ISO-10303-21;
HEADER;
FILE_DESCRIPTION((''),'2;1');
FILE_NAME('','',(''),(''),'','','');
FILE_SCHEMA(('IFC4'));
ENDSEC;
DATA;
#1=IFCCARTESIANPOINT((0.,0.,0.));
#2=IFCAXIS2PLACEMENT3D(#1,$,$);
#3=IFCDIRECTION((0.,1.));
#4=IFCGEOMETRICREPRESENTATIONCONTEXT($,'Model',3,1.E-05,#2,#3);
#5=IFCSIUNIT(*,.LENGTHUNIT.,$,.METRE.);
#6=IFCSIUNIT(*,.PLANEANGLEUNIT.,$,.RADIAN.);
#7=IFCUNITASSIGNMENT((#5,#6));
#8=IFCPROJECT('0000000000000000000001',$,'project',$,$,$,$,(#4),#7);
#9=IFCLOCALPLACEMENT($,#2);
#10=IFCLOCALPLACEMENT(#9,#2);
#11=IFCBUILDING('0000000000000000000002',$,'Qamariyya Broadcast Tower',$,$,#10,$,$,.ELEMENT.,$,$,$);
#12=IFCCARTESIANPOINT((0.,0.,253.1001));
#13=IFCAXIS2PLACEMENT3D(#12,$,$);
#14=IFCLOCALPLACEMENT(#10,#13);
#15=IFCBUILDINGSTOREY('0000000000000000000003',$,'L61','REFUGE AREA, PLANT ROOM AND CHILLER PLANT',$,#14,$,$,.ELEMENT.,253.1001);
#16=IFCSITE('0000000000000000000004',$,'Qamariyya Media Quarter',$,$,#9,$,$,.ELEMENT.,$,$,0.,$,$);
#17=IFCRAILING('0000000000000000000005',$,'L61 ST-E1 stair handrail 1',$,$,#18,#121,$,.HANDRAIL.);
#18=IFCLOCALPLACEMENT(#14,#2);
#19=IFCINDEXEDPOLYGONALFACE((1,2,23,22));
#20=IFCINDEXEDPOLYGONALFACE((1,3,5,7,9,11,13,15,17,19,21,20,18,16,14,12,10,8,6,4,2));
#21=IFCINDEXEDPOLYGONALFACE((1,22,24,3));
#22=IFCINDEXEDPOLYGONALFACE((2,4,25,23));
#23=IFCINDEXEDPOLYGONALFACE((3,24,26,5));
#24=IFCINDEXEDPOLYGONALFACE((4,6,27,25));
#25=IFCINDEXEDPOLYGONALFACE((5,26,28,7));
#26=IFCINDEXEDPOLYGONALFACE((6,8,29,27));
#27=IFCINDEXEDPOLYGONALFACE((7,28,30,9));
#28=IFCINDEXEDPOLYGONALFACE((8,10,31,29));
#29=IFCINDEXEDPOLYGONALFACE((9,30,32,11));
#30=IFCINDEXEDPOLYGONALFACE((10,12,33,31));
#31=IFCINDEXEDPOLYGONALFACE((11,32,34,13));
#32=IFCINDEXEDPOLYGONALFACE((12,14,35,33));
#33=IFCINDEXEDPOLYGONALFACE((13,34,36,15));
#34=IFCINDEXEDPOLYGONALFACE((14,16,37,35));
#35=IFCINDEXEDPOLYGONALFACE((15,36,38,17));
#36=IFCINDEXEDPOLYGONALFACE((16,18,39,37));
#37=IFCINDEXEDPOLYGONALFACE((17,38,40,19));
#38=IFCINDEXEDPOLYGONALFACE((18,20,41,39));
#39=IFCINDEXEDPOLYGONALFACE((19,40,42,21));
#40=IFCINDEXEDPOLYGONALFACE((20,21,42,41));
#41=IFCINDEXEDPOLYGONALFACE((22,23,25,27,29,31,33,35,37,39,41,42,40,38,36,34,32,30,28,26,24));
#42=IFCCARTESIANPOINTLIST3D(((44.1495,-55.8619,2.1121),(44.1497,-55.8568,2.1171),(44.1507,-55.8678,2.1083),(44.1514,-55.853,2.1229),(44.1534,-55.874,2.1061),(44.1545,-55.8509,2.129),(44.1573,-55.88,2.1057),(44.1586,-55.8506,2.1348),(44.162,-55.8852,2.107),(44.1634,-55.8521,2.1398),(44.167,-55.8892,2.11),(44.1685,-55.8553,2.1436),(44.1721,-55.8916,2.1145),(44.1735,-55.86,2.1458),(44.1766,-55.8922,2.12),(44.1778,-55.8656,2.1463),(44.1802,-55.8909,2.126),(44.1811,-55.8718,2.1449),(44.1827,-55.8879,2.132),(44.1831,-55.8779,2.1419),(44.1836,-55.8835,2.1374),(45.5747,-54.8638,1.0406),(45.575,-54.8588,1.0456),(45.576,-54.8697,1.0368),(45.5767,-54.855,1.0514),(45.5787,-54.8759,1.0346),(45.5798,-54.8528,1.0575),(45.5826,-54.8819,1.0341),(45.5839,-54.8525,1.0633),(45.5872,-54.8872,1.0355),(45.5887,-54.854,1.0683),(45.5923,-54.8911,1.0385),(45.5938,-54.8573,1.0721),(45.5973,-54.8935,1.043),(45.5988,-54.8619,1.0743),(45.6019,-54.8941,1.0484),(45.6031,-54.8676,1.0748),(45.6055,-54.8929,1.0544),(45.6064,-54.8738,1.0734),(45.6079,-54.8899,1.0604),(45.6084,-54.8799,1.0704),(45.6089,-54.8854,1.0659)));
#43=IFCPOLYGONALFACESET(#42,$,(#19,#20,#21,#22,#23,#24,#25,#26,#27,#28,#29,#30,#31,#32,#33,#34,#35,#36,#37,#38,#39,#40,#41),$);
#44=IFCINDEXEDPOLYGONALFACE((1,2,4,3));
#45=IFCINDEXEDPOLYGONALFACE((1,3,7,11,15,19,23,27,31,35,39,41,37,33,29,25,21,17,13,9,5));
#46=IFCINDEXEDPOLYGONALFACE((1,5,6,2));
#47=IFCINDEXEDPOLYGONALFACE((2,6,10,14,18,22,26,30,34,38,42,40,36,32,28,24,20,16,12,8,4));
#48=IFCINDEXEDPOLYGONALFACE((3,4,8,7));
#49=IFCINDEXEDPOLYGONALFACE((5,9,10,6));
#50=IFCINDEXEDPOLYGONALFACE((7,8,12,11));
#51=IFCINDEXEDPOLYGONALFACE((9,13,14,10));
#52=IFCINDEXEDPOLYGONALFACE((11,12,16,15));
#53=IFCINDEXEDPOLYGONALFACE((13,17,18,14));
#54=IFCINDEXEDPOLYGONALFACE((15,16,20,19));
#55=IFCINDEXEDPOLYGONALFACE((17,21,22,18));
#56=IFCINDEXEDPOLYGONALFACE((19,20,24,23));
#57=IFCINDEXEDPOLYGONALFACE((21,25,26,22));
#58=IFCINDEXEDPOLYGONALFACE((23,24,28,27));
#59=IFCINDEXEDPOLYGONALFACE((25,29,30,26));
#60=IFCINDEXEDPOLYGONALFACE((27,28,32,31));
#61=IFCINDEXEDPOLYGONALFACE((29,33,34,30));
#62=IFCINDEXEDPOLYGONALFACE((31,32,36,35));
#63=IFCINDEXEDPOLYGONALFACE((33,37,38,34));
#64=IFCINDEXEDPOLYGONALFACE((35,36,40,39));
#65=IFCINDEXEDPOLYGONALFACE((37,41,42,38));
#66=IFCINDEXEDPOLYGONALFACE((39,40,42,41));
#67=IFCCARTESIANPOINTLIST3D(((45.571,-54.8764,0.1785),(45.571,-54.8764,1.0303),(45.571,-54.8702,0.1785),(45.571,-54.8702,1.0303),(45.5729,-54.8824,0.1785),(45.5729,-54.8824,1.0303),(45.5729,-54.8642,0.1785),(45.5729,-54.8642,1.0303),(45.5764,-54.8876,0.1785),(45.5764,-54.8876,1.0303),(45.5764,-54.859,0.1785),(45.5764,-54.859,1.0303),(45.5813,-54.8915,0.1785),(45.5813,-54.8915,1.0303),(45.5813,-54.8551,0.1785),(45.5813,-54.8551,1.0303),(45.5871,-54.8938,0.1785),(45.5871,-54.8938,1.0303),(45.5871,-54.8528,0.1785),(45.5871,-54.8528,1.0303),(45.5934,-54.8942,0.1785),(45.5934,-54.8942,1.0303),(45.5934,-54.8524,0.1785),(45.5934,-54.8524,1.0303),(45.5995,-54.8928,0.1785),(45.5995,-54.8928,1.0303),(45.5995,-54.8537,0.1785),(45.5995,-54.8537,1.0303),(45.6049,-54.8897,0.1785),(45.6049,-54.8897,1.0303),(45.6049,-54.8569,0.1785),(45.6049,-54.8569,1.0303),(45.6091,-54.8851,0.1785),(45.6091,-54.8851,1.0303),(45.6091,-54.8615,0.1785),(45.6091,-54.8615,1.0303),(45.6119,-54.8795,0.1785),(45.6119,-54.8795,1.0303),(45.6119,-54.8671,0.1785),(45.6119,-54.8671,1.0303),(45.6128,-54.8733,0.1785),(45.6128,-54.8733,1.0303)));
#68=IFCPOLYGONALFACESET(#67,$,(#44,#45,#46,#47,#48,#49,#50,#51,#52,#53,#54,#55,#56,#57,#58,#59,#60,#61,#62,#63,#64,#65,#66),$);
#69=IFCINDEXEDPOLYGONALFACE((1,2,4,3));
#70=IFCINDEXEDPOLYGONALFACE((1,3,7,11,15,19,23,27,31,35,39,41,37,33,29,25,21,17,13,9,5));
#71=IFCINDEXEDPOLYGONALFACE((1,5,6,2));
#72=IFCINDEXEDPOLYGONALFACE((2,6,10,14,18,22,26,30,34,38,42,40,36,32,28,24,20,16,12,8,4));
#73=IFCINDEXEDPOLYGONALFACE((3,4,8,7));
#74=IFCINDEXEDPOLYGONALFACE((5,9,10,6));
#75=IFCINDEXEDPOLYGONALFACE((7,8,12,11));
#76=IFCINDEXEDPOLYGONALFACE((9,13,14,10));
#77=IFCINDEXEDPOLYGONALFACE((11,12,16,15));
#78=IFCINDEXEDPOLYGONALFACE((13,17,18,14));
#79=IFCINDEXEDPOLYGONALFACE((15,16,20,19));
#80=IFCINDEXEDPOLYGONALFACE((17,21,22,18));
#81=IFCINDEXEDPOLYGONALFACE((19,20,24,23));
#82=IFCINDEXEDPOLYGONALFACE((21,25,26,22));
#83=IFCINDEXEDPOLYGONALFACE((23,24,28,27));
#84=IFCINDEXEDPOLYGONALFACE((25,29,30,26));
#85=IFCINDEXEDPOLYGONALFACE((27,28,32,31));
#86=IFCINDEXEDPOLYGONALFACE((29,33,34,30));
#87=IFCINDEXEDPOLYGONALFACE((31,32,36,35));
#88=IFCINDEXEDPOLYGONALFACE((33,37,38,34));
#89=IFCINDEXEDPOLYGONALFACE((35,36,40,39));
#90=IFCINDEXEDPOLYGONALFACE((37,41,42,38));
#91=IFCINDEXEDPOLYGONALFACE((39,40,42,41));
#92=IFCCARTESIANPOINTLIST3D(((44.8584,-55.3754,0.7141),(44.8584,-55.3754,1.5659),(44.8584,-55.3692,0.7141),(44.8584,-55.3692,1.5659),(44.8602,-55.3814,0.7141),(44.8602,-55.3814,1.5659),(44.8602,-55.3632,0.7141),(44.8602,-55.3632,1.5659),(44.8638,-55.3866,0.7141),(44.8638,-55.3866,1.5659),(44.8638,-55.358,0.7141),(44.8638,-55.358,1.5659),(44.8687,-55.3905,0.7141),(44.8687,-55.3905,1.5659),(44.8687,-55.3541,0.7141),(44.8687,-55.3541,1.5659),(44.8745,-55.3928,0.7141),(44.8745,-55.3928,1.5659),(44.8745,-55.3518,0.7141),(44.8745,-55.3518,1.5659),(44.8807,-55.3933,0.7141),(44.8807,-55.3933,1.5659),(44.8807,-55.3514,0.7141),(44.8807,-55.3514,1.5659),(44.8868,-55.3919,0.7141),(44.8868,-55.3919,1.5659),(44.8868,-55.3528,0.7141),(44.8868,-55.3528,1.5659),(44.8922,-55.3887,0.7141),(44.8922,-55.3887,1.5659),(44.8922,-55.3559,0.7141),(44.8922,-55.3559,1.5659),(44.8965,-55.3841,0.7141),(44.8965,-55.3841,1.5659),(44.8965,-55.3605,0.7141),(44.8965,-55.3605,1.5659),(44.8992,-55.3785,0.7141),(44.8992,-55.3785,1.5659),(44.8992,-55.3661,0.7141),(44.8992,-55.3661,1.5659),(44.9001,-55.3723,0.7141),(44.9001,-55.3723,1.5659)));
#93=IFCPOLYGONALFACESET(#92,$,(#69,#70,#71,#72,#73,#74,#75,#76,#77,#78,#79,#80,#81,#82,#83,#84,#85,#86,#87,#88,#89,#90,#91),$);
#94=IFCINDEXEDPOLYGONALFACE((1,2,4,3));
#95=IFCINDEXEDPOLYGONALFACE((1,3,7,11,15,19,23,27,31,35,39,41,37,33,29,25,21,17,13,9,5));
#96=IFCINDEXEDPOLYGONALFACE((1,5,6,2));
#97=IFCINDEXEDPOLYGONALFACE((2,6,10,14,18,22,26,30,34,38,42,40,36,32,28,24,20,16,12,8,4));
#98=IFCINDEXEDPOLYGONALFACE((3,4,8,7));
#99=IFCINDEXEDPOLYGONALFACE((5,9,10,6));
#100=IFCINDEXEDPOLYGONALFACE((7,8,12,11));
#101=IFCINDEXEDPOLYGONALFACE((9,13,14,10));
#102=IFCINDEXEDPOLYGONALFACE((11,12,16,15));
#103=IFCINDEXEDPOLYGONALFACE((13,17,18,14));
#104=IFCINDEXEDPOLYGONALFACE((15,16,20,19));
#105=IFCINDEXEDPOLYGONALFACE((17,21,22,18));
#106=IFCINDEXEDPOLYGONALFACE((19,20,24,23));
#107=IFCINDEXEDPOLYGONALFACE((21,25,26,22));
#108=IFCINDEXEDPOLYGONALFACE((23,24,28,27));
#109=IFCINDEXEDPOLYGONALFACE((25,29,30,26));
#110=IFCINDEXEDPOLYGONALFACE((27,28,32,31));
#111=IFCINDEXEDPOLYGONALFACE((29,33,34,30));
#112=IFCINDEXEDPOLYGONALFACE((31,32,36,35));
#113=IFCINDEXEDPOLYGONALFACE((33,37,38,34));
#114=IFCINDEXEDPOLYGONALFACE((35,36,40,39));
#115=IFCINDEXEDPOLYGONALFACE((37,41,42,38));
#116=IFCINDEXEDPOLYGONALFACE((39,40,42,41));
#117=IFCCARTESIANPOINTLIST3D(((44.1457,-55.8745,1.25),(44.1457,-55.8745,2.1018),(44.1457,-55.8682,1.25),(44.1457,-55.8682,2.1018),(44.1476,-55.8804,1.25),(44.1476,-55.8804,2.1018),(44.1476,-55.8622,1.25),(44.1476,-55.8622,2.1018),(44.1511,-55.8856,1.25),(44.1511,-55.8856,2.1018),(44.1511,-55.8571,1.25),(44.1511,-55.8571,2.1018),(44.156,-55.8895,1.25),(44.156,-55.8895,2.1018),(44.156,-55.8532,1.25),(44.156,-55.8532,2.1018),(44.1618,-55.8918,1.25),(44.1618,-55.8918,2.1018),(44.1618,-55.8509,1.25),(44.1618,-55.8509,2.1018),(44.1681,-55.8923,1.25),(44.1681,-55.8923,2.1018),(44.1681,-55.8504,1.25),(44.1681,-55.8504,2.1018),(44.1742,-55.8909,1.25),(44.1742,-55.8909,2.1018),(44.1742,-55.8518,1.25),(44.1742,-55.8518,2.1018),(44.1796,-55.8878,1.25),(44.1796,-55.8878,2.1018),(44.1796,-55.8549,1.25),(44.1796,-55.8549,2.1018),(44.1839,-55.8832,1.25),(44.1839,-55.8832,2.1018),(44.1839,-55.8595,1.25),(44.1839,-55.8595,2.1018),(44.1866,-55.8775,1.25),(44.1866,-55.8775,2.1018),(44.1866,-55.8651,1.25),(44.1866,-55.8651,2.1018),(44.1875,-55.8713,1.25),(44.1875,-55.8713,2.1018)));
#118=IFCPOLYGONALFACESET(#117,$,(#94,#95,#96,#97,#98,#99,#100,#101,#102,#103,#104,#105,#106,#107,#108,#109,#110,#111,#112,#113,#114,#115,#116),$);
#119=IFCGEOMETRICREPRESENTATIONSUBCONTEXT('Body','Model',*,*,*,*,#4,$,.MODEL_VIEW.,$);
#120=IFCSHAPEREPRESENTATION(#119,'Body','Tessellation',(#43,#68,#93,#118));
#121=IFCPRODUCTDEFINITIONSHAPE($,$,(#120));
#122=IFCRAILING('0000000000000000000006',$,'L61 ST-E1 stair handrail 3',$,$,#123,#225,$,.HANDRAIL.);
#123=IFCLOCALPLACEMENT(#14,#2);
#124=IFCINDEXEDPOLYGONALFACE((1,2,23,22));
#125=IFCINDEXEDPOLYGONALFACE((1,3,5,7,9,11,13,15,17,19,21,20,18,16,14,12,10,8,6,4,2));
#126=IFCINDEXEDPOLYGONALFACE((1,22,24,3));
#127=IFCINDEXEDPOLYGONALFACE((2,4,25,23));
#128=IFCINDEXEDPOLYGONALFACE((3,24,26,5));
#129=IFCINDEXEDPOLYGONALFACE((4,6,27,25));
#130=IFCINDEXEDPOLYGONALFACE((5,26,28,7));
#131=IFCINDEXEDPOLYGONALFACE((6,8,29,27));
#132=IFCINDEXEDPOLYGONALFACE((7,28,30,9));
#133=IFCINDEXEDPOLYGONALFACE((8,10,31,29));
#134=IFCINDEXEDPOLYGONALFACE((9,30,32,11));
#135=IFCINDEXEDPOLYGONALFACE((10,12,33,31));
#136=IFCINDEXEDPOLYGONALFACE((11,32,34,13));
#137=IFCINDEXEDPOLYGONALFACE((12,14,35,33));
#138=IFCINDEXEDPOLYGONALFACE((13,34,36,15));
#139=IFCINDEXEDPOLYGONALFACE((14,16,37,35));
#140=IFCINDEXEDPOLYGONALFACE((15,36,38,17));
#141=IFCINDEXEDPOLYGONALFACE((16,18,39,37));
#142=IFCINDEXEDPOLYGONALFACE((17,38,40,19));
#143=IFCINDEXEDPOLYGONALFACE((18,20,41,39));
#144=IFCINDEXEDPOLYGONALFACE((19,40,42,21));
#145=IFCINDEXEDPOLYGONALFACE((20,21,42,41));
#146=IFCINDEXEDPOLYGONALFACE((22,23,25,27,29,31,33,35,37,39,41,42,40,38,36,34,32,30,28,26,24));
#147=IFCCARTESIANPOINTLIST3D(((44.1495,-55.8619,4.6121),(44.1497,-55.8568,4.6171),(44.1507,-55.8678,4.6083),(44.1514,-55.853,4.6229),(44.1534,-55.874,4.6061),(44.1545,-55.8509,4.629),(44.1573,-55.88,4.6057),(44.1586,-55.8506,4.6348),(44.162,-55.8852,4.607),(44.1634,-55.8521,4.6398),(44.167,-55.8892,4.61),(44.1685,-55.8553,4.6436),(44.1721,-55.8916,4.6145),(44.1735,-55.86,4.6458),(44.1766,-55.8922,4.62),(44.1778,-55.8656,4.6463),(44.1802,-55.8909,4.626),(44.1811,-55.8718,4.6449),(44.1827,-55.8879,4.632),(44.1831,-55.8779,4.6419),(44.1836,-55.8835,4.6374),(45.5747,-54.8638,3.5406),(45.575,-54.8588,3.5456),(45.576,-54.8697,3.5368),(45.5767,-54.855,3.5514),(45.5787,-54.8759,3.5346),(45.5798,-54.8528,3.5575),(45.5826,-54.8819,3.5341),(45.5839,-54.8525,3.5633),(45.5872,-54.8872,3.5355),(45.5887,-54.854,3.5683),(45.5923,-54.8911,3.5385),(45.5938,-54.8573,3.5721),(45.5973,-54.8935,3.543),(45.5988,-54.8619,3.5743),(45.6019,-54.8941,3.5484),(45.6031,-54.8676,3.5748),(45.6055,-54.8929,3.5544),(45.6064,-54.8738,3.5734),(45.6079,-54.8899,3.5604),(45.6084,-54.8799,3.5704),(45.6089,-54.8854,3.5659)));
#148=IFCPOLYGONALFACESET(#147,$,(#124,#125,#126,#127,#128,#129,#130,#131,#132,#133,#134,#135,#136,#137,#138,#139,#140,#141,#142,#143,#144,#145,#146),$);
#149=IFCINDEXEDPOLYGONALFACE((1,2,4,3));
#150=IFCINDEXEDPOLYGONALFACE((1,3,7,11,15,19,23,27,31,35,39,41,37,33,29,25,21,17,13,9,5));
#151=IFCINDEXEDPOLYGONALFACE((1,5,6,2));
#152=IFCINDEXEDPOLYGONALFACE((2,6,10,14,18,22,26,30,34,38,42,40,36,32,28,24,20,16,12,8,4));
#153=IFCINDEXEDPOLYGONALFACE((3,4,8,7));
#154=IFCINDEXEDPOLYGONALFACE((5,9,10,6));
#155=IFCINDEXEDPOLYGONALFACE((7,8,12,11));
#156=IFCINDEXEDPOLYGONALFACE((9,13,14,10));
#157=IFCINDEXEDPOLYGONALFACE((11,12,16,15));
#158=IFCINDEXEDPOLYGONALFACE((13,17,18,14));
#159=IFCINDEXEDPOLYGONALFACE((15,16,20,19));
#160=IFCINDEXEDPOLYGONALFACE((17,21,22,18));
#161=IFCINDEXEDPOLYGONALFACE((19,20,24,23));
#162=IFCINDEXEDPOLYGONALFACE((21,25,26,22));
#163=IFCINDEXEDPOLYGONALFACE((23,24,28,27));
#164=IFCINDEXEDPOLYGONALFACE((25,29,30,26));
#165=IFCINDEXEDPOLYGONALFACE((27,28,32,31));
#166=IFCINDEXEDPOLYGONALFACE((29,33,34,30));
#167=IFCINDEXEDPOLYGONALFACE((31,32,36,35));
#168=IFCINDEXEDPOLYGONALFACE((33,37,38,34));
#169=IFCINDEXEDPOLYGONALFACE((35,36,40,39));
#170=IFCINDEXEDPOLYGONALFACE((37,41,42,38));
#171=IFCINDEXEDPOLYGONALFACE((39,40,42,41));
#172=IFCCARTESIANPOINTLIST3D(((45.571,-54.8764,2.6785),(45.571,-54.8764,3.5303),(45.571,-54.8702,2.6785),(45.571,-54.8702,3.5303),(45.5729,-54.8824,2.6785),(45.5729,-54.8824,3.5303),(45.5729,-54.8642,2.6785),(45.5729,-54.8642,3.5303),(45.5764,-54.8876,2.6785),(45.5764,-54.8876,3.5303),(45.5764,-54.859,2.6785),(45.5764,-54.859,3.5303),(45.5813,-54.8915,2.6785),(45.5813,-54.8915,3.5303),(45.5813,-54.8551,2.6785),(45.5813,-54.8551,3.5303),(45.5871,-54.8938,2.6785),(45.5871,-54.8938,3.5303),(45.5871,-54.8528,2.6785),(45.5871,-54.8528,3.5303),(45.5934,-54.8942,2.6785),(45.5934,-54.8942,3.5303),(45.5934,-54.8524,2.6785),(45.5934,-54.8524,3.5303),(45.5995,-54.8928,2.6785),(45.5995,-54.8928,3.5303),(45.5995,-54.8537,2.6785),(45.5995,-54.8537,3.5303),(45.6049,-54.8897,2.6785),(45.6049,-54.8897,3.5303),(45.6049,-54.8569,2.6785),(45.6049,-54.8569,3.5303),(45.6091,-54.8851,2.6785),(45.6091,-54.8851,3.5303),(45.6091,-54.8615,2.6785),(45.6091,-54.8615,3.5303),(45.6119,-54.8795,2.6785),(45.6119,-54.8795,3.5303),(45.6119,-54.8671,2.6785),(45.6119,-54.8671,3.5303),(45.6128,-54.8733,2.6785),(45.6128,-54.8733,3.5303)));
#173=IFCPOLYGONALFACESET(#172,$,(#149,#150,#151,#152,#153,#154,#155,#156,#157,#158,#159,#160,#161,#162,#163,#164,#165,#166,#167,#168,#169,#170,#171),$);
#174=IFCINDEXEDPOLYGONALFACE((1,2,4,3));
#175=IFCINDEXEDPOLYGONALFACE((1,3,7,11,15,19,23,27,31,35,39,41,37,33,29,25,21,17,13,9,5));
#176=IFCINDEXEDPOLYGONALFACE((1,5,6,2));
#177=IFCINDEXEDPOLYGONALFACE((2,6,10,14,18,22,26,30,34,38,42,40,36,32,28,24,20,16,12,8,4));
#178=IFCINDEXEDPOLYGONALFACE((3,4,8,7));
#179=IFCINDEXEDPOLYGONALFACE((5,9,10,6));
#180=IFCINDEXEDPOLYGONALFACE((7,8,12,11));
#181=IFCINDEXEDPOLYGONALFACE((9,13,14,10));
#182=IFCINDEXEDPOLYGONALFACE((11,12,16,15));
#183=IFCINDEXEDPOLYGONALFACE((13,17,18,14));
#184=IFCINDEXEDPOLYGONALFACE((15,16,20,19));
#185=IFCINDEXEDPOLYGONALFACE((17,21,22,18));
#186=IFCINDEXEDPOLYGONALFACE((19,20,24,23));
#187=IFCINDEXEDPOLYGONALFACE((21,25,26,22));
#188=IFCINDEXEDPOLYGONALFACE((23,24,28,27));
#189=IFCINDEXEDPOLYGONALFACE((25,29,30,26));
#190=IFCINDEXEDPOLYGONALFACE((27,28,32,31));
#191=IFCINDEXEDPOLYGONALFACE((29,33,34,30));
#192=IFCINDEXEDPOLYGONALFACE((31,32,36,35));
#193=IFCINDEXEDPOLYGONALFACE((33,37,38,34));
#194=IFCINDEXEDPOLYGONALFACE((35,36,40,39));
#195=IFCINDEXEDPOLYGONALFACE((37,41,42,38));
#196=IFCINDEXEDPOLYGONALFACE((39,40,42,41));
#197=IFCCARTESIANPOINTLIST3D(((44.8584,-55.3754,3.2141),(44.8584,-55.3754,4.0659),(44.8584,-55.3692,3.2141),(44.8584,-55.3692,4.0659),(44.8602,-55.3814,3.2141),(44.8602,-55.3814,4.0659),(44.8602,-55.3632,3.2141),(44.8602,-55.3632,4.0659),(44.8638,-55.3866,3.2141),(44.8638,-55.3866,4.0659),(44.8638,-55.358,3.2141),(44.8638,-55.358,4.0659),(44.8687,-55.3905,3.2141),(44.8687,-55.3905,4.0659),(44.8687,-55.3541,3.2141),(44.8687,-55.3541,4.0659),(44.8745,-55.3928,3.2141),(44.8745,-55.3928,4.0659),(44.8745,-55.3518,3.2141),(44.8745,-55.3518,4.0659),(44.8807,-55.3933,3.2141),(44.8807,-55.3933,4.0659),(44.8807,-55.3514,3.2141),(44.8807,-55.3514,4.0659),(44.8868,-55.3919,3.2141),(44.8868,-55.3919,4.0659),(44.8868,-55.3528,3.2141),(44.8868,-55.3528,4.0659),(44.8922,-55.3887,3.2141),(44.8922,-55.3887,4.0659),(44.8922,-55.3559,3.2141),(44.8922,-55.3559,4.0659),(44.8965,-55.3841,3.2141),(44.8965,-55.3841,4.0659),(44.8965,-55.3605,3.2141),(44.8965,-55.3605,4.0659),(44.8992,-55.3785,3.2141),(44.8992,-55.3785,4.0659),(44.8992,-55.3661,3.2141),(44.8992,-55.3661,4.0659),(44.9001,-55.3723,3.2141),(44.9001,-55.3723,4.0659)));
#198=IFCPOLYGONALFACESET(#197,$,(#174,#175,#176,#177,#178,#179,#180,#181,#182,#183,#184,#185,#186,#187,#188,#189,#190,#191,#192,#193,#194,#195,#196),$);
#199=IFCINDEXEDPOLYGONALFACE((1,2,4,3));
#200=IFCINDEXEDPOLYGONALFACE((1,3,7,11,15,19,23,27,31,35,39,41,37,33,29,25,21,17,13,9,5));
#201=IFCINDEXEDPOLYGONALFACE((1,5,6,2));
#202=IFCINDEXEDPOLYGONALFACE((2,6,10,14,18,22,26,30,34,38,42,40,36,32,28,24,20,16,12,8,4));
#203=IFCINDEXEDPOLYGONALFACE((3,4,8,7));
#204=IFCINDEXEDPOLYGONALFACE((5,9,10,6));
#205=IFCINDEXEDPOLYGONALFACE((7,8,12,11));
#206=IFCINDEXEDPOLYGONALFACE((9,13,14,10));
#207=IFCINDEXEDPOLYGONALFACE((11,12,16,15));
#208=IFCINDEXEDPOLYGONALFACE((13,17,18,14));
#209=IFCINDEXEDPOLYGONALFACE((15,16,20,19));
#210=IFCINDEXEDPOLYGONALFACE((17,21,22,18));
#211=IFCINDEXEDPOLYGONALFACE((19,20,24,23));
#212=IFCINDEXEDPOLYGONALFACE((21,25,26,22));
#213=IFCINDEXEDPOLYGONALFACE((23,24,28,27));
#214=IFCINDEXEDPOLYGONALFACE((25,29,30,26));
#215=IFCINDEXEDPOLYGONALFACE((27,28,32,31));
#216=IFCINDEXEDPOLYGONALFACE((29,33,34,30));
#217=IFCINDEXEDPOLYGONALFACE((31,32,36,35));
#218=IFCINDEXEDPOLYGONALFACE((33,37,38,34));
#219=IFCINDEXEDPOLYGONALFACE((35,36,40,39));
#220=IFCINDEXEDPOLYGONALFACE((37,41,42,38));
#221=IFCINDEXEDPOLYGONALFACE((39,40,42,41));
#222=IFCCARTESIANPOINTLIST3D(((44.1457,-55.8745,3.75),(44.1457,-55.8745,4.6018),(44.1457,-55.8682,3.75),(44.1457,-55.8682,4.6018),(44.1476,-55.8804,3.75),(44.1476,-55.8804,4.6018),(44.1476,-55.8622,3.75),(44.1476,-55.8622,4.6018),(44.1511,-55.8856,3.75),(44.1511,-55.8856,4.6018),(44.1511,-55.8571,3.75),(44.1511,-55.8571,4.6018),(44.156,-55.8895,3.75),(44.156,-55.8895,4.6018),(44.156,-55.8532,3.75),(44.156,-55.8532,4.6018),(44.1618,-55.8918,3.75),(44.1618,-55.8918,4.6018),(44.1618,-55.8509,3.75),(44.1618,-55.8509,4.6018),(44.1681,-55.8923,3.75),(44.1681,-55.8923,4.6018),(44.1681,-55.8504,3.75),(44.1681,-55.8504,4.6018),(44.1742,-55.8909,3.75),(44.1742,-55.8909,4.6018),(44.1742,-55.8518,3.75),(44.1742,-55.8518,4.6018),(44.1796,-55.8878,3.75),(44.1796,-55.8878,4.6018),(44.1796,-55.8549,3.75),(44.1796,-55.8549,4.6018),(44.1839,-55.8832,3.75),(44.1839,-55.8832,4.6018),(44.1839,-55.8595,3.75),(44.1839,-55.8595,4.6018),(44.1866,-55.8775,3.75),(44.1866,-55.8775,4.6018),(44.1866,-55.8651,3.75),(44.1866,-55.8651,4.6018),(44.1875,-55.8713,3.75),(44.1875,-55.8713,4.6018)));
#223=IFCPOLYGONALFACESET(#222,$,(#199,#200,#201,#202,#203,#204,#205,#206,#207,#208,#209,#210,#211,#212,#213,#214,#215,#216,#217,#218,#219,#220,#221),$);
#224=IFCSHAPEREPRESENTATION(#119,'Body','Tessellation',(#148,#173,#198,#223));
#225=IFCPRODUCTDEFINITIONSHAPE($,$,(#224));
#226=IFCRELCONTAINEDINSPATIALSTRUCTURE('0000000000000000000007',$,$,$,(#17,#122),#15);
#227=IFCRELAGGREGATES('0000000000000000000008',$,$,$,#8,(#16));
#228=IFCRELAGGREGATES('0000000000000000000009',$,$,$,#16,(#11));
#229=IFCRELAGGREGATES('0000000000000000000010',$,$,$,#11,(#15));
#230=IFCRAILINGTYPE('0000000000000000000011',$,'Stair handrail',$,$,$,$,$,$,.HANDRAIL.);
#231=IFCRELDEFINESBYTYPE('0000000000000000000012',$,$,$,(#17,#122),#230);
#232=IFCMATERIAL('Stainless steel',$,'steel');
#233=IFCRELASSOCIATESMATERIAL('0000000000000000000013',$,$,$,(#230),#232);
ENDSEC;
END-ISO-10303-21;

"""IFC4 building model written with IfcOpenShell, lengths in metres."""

from ifc_helpers import new_model, si_unit, direction, frame, origin, origin_2d, place, context, subcontext, project, spatial, circle, extrude, material, type_object, element, save


model = new_model("IFC4")

# Units and contexts
model_context = context("Model", 3, precision=1e-05, world=origin(), true_north=direction((0.0, 1.0)))
body_context = subcontext(model_context, "Body", "Model", "MODEL_VIEW")
ifc_project = project(units=[si_unit("LENGTHUNIT", "METRE"), si_unit("PLANEANGLEUNIT", "RADIAN")], contexts=[model_context])

# Site, building, storey
site_placement = place(None, origin())
site = spatial("IfcSite", under=ifc_project, at=site_placement, Name="Qamariyya Media Quarter", CompositionType="ELEMENT", RefElevation=0.0)
building_placement = place(site_placement, origin())
building = spatial("IfcBuilding", under=site, at=building_placement, Name="Qamariyya Broadcast Tower", CompositionType="ELEMENT")
storey_placement = place(building_placement, frame((0.0, 0.0, 253.1001)))
storey = spatial("IfcBuildingStorey", under=building, at=storey_placement, Name="L61", Description="REFUGE AREA, PLANT ROOM AND CHILLER PLANT", CompositionType="ELEMENT", Elevation=253.1001)

# Railings
ifc_material_1 = material(Name="Stainless steel", Category="steel")
railing_type = type_object("IfcRailingType", Name="Stair handrail", PredefinedType="HANDRAIL", material=ifc_material_1)
for number, where, name in (
    (1, (45.5918, -54.8733, 0.1785), "L61 ST-E1 stair handrail 1"),
    (2, (45.5918, -54.8733, 2.6785), "L61 ST-E1 stair handrail 3"),
):
    element("IfcRailing", number, at=place(storey_placement, frame(where)), inside=storey, type_object=railing_type, Name=name, PredefinedType="HANDRAIL", context=body_context, shape_type="SweptSolid", body=[
        extrude(circle(Radius=0.0239, at=origin_2d()), frame((0.0, 0.0, 0.876), z_axis=(-0.697489, -0.48841, 0.524371), x_axis=(0.573594, -0.81914, 0.0)), (0.0, 0.0, 1.0), 2.0435),
        extrude(circle(Radius=0.021, at=origin_2d()), origin(), (0.0, 0.0, 1.0), 0.8518),
        extrude(circle(Radius=0.021, at=origin_2d()), frame((-0.7126, -0.499, 0.5356)), (0.0, 0.0, 1.0), 0.8518),
        extrude(circle(Radius=0.021, at=origin_2d()), frame((-1.4253, -0.998, 1.0715)), (0.0, 0.0, 1.0), 0.8518),
    ])

save(model, "model.ifc")
